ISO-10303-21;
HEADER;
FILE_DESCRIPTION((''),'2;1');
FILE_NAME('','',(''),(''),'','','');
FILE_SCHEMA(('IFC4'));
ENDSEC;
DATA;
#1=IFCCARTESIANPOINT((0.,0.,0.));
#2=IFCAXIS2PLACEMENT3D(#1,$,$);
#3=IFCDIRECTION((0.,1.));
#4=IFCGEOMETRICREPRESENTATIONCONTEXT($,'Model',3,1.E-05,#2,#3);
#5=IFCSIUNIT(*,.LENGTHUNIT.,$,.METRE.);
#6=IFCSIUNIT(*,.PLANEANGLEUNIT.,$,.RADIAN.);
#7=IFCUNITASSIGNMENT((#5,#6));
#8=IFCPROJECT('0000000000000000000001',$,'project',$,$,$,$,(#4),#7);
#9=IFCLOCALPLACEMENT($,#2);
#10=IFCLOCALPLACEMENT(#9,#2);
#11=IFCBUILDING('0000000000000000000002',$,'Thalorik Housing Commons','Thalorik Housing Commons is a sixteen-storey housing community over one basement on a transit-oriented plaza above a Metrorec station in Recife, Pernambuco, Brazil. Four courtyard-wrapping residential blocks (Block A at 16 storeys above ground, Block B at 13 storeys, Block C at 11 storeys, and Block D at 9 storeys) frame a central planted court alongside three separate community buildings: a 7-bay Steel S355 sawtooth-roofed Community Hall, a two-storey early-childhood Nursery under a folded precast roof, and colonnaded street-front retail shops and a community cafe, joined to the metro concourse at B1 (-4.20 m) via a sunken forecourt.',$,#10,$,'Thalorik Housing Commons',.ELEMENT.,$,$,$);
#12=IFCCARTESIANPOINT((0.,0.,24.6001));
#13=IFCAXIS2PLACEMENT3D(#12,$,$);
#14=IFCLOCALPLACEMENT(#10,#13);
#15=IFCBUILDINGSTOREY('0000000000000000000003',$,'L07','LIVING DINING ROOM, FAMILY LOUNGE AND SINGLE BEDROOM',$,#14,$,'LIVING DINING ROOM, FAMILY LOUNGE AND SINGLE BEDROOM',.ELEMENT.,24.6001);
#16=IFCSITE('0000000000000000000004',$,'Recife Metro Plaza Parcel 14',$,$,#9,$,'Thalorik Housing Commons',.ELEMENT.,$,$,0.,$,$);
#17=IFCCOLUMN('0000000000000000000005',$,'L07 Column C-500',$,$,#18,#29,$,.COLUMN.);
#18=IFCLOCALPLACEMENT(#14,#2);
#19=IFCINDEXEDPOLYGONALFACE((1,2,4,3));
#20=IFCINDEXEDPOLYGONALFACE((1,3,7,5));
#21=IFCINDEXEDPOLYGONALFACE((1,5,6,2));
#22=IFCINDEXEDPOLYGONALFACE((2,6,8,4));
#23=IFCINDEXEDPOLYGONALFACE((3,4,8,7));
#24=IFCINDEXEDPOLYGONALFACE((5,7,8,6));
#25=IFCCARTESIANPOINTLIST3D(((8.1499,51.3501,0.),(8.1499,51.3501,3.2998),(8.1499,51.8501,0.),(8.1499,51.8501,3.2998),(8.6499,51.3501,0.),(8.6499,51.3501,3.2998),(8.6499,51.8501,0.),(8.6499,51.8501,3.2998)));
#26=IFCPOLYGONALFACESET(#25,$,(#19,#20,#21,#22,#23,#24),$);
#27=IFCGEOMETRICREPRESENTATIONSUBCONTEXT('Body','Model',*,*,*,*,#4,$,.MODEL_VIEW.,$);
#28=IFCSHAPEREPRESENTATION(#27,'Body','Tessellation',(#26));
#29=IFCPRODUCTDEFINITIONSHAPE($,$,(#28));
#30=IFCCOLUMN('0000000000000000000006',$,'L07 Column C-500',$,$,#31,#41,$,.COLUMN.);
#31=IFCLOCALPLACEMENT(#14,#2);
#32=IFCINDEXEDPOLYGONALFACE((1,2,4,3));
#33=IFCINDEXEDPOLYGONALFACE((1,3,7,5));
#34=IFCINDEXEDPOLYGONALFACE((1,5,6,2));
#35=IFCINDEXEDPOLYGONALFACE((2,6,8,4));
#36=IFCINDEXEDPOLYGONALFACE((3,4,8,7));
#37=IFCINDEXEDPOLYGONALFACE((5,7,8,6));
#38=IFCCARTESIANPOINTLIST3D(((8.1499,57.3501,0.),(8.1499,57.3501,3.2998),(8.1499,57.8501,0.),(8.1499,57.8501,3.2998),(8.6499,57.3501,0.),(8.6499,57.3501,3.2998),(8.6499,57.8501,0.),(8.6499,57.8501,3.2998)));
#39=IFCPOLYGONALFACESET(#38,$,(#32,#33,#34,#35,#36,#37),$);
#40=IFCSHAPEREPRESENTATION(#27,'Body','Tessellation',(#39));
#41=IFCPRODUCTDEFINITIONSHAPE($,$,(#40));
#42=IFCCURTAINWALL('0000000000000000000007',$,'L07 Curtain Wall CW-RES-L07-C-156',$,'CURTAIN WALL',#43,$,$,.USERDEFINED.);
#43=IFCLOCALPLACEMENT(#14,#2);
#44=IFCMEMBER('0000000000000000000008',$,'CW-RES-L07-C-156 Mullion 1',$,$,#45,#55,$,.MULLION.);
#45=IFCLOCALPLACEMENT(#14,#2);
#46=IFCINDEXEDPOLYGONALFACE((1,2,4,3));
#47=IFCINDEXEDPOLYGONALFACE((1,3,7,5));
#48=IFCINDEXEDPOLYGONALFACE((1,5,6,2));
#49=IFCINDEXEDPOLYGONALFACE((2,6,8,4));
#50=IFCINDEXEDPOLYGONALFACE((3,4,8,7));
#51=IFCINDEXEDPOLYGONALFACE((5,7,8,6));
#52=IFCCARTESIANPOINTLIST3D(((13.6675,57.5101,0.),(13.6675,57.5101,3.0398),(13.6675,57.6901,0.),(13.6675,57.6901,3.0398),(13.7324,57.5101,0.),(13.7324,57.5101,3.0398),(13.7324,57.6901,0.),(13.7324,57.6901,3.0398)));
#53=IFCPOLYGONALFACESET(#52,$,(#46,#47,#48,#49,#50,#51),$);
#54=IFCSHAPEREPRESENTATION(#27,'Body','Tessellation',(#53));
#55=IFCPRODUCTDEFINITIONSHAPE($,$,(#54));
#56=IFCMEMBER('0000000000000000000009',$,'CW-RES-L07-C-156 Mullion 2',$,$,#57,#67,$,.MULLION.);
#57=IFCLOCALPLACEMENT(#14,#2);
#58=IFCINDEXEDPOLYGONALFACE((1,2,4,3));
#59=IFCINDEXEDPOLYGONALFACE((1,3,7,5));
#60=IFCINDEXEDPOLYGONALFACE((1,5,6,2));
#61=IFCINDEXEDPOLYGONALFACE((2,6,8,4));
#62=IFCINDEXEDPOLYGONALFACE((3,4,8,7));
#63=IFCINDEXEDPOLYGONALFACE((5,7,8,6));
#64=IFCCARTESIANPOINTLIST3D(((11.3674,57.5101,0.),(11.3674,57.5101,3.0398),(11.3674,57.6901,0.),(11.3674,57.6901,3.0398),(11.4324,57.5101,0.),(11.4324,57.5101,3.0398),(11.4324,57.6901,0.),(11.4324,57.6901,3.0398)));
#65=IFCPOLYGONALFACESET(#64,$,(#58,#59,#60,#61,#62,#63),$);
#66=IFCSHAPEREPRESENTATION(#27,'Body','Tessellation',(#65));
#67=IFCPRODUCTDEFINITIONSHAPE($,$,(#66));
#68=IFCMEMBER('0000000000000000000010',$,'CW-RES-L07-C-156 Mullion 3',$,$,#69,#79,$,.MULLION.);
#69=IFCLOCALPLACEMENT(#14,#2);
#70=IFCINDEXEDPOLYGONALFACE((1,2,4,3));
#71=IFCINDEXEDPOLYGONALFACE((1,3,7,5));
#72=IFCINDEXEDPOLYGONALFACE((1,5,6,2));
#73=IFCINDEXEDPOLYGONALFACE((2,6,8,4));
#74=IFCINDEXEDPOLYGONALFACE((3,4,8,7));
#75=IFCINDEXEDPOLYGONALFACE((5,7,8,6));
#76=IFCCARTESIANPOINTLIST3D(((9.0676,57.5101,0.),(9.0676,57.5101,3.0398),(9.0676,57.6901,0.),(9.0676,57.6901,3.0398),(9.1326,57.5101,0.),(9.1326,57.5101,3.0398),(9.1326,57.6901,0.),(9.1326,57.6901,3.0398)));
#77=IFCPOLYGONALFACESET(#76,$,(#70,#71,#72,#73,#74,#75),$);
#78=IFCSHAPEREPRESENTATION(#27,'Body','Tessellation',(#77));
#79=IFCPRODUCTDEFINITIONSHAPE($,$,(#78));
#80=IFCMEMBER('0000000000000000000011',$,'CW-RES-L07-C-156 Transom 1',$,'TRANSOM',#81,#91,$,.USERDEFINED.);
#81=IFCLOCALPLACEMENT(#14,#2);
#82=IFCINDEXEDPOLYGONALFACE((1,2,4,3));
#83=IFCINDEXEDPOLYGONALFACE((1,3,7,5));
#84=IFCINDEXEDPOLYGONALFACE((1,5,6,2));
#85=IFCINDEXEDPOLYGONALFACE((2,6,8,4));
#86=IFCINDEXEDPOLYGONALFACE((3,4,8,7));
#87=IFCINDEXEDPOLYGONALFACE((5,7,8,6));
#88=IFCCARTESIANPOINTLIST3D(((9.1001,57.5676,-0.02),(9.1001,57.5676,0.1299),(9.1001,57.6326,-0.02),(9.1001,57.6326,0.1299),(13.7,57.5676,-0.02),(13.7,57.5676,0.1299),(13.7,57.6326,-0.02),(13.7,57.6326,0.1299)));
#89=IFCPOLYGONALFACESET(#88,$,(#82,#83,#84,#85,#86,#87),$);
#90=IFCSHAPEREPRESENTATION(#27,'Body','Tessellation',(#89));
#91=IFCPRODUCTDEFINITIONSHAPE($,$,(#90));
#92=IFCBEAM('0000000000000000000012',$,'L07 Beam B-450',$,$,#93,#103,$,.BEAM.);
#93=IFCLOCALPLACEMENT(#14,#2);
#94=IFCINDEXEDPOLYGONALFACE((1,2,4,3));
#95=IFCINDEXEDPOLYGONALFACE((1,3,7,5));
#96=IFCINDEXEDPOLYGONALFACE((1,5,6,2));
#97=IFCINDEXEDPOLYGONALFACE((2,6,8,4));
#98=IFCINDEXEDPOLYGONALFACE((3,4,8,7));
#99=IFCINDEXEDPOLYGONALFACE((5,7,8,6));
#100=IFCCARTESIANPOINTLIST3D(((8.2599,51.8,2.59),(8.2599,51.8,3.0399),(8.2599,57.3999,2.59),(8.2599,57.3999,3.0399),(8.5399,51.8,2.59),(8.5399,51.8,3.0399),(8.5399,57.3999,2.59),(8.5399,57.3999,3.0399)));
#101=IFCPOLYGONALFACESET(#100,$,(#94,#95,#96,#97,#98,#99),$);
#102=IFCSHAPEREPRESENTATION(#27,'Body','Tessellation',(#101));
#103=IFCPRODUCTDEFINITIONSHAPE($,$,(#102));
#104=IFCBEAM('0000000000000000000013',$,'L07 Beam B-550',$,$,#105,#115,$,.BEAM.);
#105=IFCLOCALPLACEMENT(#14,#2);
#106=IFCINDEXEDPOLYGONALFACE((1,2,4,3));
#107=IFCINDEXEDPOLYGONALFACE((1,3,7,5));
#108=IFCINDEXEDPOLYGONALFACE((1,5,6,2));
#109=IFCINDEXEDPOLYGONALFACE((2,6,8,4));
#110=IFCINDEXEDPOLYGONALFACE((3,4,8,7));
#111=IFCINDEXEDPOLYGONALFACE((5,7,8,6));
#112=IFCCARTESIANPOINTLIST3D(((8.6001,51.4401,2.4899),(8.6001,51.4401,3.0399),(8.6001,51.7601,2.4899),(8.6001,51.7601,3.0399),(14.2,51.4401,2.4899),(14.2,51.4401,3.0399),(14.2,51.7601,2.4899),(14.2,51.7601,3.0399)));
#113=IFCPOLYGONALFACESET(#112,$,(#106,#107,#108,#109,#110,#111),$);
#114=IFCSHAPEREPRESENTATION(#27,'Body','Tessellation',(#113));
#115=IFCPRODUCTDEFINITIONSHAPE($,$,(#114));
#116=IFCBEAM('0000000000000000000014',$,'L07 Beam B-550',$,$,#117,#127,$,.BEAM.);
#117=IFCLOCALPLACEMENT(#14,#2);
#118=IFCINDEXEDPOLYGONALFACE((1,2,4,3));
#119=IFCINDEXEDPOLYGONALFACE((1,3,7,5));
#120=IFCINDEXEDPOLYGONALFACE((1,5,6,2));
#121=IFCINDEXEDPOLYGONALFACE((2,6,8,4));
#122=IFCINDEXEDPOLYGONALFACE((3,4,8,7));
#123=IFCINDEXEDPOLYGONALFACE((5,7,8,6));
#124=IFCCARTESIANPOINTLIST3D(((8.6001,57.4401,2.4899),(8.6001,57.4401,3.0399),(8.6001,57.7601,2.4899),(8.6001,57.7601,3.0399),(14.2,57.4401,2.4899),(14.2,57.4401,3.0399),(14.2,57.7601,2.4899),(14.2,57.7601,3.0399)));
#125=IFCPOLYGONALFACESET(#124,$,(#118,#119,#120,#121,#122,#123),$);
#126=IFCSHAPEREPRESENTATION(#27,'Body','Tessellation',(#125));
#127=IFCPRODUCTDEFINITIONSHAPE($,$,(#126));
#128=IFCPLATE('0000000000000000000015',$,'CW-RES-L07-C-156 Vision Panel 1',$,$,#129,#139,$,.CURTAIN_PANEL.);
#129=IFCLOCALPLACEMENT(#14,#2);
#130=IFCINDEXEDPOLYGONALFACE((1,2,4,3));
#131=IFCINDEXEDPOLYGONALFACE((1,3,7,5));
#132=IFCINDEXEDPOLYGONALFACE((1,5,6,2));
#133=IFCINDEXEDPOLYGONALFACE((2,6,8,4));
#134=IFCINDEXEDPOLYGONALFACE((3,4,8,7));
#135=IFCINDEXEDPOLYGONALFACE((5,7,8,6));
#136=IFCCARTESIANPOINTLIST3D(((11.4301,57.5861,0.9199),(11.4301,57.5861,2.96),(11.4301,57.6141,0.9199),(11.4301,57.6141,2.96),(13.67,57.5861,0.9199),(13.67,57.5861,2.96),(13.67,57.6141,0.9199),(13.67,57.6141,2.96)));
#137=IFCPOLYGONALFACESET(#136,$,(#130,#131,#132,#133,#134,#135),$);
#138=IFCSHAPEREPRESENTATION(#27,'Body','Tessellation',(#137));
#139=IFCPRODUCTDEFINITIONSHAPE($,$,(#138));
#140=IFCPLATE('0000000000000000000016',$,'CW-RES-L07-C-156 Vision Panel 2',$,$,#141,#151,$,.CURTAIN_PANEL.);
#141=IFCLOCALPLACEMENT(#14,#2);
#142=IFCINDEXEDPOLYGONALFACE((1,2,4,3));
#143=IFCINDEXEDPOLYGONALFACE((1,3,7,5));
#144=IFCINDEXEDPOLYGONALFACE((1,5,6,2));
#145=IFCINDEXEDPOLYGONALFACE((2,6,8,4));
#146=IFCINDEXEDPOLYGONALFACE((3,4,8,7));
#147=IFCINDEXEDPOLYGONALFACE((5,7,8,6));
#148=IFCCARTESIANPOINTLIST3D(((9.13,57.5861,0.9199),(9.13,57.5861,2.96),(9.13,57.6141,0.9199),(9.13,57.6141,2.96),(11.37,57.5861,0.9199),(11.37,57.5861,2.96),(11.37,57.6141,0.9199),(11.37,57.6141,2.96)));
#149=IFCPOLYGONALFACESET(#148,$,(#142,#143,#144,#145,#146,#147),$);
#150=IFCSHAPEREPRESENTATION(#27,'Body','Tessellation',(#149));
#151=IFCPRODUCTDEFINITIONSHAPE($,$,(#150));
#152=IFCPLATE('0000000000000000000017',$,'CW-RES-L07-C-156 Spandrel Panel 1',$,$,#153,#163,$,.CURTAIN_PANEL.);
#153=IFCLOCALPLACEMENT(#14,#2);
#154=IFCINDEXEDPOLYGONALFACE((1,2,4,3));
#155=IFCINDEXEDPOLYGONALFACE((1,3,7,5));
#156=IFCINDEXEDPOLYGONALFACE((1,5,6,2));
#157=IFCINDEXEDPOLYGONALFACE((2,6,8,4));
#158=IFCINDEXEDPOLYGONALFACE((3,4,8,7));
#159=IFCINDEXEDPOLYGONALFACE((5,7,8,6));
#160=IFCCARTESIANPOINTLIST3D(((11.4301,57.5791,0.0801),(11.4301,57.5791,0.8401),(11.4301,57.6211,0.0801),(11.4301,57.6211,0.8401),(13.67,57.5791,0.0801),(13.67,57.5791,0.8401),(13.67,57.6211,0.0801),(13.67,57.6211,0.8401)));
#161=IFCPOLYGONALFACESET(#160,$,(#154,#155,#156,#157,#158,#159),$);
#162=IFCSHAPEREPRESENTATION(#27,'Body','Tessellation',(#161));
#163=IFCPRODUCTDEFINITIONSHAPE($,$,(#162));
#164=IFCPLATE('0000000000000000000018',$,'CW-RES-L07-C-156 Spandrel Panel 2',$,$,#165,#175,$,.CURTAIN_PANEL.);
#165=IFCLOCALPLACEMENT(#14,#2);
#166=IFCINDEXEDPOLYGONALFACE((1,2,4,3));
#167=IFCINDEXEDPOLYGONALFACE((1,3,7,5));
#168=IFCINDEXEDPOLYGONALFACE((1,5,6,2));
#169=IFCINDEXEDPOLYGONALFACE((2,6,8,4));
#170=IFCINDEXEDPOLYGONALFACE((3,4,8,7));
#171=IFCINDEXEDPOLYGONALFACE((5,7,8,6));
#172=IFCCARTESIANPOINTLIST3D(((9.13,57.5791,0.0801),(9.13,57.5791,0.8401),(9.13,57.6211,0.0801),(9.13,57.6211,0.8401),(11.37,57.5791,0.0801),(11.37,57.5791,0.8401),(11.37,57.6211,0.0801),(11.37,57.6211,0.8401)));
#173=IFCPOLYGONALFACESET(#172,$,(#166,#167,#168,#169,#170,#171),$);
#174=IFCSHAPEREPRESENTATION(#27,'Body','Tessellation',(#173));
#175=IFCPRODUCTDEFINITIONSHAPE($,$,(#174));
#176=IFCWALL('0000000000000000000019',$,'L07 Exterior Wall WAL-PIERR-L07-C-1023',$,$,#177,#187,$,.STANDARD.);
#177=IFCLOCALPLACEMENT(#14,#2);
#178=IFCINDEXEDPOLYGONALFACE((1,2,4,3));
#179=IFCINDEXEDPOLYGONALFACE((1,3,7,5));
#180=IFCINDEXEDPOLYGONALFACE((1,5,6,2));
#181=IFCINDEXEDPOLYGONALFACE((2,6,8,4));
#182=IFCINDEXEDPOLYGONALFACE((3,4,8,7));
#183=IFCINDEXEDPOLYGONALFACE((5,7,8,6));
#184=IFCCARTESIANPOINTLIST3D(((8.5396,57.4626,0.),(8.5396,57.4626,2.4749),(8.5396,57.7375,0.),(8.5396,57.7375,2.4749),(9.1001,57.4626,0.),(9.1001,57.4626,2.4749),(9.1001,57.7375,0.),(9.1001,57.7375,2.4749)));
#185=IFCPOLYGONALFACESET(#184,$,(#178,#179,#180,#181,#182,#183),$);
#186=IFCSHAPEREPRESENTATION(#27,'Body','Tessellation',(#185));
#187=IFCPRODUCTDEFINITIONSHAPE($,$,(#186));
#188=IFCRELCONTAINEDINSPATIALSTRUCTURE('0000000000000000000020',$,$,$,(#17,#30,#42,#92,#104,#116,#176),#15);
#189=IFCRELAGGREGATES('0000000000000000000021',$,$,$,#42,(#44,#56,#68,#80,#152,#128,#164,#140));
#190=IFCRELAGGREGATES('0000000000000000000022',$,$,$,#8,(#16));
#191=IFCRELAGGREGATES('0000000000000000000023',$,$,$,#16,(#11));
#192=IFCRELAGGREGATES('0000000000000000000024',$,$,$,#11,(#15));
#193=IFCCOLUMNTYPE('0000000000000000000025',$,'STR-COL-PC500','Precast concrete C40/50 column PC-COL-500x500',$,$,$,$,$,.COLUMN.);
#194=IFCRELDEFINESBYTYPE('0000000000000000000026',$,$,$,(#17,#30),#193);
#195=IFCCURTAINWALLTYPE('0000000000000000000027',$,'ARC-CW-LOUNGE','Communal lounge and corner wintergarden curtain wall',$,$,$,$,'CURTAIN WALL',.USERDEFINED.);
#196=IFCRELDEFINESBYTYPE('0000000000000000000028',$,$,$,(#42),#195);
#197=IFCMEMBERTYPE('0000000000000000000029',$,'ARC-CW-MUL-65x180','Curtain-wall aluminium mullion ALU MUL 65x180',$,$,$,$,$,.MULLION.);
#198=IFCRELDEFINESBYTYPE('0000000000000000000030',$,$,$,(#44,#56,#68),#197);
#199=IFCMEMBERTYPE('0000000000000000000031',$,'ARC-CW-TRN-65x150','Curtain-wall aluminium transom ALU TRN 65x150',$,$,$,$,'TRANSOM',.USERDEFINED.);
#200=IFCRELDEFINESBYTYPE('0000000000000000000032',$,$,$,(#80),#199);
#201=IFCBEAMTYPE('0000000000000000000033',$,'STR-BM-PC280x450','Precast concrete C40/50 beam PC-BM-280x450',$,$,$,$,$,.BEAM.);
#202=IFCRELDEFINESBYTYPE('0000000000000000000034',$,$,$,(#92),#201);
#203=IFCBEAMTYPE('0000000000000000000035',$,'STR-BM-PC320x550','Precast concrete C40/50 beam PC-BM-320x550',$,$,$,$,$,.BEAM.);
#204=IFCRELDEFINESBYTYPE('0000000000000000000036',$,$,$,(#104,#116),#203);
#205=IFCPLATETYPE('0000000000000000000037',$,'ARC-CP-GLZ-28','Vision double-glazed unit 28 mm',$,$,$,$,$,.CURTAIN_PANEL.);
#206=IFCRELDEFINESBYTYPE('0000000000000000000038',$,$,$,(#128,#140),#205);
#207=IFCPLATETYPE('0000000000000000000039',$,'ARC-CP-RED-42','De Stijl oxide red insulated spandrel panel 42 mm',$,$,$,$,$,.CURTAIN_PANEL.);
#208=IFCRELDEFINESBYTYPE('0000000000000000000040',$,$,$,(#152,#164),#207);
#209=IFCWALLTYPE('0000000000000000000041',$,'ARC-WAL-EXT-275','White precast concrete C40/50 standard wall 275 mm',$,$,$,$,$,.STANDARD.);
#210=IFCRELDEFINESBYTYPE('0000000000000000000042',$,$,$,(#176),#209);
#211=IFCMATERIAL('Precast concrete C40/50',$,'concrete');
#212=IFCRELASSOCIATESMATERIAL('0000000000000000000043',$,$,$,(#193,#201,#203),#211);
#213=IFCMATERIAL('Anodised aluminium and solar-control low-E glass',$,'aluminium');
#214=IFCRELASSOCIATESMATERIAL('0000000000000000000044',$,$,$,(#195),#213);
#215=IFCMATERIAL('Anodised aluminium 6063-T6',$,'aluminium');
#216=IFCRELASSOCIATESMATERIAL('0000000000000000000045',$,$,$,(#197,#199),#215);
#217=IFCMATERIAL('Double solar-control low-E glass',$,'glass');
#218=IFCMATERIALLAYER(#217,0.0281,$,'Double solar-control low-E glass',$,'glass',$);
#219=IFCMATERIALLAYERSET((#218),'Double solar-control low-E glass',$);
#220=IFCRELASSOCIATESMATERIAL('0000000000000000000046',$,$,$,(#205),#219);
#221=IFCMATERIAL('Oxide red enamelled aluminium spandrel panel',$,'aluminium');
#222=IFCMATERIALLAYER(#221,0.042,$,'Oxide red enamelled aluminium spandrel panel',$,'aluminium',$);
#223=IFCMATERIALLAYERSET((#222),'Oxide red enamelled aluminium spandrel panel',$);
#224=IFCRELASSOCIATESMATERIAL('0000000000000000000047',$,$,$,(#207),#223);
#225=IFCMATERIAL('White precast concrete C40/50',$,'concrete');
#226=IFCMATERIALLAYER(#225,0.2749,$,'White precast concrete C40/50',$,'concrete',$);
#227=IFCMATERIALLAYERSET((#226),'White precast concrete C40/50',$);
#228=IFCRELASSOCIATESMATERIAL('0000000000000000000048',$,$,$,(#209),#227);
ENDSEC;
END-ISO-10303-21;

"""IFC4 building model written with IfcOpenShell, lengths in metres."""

from ifc_helpers import new_model, si_unit, direction, frame, frame_2d, origin, origin_2d, place, context, subcontext, project, spatial, rectangle, extrude, material, layer, layer_set, material_profile, profile_set, type_object, element, aggregate, save


model = new_model("IFC4")

# Units and contexts
model_context = context("Model", 3, precision=1e-05, world=origin(), true_north=direction((0.0, 1.0)))
body_context = subcontext(model_context, "Body", "Model", "MODEL_VIEW")
ifc_project = project(units=[si_unit("LENGTHUNIT", "METRE"), si_unit("PLANEANGLEUNIT", "RADIAN")], contexts=[model_context])

# Site, building, storey
site_placement = place(None, origin())
site = spatial("IfcSite", under=ifc_project, at=site_placement, Name="Recife Metro Plaza Parcel 14", LongName="Thalorik Housing Commons", CompositionType="ELEMENT", RefElevation=0.0)
building_placement = place(site_placement, origin())
building = spatial("IfcBuilding", under=site, at=building_placement, Name="Thalorik Housing Commons", Description="Thalorik Housing Commons is a sixteen-storey housing community over one basement on a transit-oriented plaza above a Metrorec station in Recife, Pernambuco, Brazil. Four courtyard-wrapping residential blocks (Block A at 16 storeys above ground, Block B at 13 storeys, Block C at 11 storeys, and Block D at 9 storeys) frame a central planted court alongside three separate community buildings: a 7-bay Steel S355 sawtooth-roofed Community Hall, a two-storey early-childhood Nursery under a folded precast roof, and colonnaded street-front retail shops and a community cafe, joined to the metro concourse at B1 (-4.20 m) via a sunken forecourt.", LongName="Thalorik Housing Commons", CompositionType="ELEMENT")
storey_placement = place(building_placement, frame((0.0, 0.0, 24.6001)))
storey = spatial("IfcBuildingStorey", under=building, at=storey_placement, Name="L07", Description="LIVING DINING ROOM, FAMILY LOUNGE AND SINGLE BEDROOM", LongName="LIVING DINING ROOM, FAMILY LOUNGE AND SINGLE BEDROOM", CompositionType="ELEMENT", Elevation=24.6001)

# Columns
ifc_material_1 = material(Name="Precast concrete C40/50", Category="concrete")
ifc_material_profile_1 = material_profile(ifc_material_1, rectangle(XDim=0.5, YDim=0.5, at=origin_2d()), Name="PC 500x500", Category="concrete")
ifc_profile_set_1 = profile_set([ifc_material_profile_1], Name="Precast concrete C40/50")
column_type = type_object("IfcColumnType", Name="STR-COL-PC500", Description="Precast concrete C40/50 column PC-COL-500x500", PredefinedType="COLUMN", material=ifc_profile_set_1)
for number, where, z_axis, x_axis, name in (
    (1, (8.3999, 51.6001, 0.0), (0.0, 0.0, 1.0), (1.0, 0.0, 0.0), "L07 Column C-500"),
    (2, (8.3999, 57.6001, 0.0), (0.0, 0.0, 1.0), (1.0, 0.0, 0.0), "L07 Column C-500"),
):
    element("IfcColumn", number, at=place(storey_placement, frame(where, z_axis=z_axis, x_axis=x_axis)), inside=storey, type_object=column_type, Name=name, PredefinedType="COLUMN", context=body_context, shape_type="SweptSolid", body=[
        extrude(rectangle(XDim=0.5, YDim=0.5, at=origin_2d()), origin(), (0.0, 0.0, 1.0), 3.2998),
    ])

# Curtain wall, members
ifc_material_2 = material(Name="Anodised aluminium and solar-control low-E glass", Category="aluminium")
curtain_wall_type = type_object("IfcCurtainWallType", Name="ARC-CW-LOUNGE", Description="Communal lounge and corner wintergarden curtain wall", ElementType="CURTAIN WALL", PredefinedType="USERDEFINED", material=ifc_material_2)
curtain_wall_placement = place(storey_placement, origin())
curtain_wall = element("IfcCurtainWall", 3, at=curtain_wall_placement, inside=storey, type_object=curtain_wall_type, Name="L07 Curtain Wall CW-RES-L07-C-156", ObjectType="CURTAIN WALL", PredefinedType="USERDEFINED")
ifc_material_3 = material(Name="Anodised aluminium 6063-T6", Category="aluminium")
ifc_material_profile_2 = material_profile(ifc_material_3, rectangle(XDim=0.0649, YDim=0.1799, at=origin_2d()), Name="ALU MUL 65x180", Category="aluminium")
ifc_profile_set_2 = profile_set([ifc_material_profile_2], Name="Anodised aluminium 6063-T6")
member_type_1 = type_object("IfcMemberType", Name="ARC-CW-MUL-65x180", Description="Curtain-wall aluminium mullion ALU MUL 65x180", PredefinedType="MULLION", material=ifc_profile_set_2)
member_1_placement = place(storey_placement, frame((13.7, 57.6001, 0.0), z_axis=(0.0, 0.0, 1.0), x_axis=(-1.0, 0.0, 0.0)))
member_1 = element("IfcMember", 4, at=member_1_placement, type_object=member_type_1, Name="CW-RES-L07-C-156 Mullion 1", PredefinedType="MULLION", context=body_context, shape_type="SweptSolid", body=[
    extrude(rectangle(XDim=0.0649, YDim=0.1799, at=origin_2d()), origin(), (0.0, 0.0, 1.0), 3.0398),
])
member_2_placement = place(storey_placement, frame((11.3999, 57.6001, 0.0), z_axis=(0.0, 0.0, 1.0), x_axis=(-1.0, 0.0, 0.0)))
member_2 = element("IfcMember", 5, at=member_2_placement, type_object=member_type_1, Name="CW-RES-L07-C-156 Mullion 2", PredefinedType="MULLION", context=body_context, shape_type="SweptSolid", body=[
    extrude(rectangle(XDim=0.0649, YDim=0.1799, at=origin_2d()), origin(), (0.0, 0.0, 1.0), 3.0398),
])
member_3_placement = place(storey_placement, frame((9.1001, 57.6001, 0.0), z_axis=(0.0, 0.0, 1.0), x_axis=(-1.0, 0.0, 0.0)))
member_3 = element("IfcMember", 6, at=member_3_placement, type_object=member_type_1, Name="CW-RES-L07-C-156 Mullion 3", PredefinedType="MULLION", context=body_context, shape_type="SweptSolid", body=[
    extrude(rectangle(XDim=0.0649, YDim=0.1799, at=origin_2d()), origin(), (0.0, 0.0, 1.0), 3.0398),
])
ifc_material_profile_3 = material_profile(ifc_material_3, rectangle(XDim=0.0649, YDim=0.1499, at=origin_2d()), Name="ALU TRN 65x150", Category="aluminium")
ifc_profile_set_3 = profile_set([ifc_material_profile_3], Name="Anodised aluminium 6063-T6")
member_type_2 = type_object("IfcMemberType", Name="ARC-CW-TRN-65x150", Description="Curtain-wall aluminium transom ALU TRN 65x150", ElementType="TRANSOM", PredefinedType="USERDEFINED", material=ifc_profile_set_3)
member_4_placement = place(storey_placement, frame((13.7, 57.6001, 0.0549), z_axis=(-1.0, 0.0, 0.0), x_axis=(0.0, -1.0, 0.0)))
member_4 = element("IfcMember", 7, at=member_4_placement, type_object=member_type_2, Name="CW-RES-L07-C-156 Transom 1", ObjectType="TRANSOM", PredefinedType="USERDEFINED", context=body_context, shape_type="SweptSolid", body=[
    extrude(rectangle(XDim=0.0649, YDim=0.1499, at=origin_2d()), origin(), (0.0, 0.0, 1.0), 4.5999),
])

# Beams
ifc_material_profile_4 = material_profile(ifc_material_1, rectangle(XDim=0.28, YDim=0.45, at=origin_2d()), Name="PC 280x450", Category="concrete")
ifc_profile_set_4 = profile_set([ifc_material_profile_4], Name="Precast concrete C40/50")
beam_type_1 = type_object("IfcBeamType", Name="STR-BM-PC280x450", Description="Precast concrete C40/50 beam PC-BM-280x450", PredefinedType="BEAM", material=ifc_profile_set_4)
beam_placement = place(storey_placement, frame((8.3999, 51.8, 2.8149), z_axis=(0.0, 1.0, 0.0), x_axis=(-1.0, 0.0, 0.0)))
element("IfcBeam", 8, at=beam_placement, inside=storey, type_object=beam_type_1, Name="L07 Beam B-450", PredefinedType="BEAM", context=body_context, shape_type="SweptSolid", body=[
    extrude(rectangle(XDim=0.28, YDim=0.45, at=origin_2d()), origin(), (0.0, 0.0, 1.0), 5.5999),
])
ifc_material_profile_5 = material_profile(ifc_material_1, rectangle(XDim=0.3201, YDim=0.55, at=origin_2d()), Name="PC 320x550", Category="concrete")
ifc_profile_set_5 = profile_set([ifc_material_profile_5], Name="Precast concrete C40/50")
beam_type_2 = type_object("IfcBeamType", Name="STR-BM-PC320x550", Description="Precast concrete C40/50 beam PC-BM-320x550", PredefinedType="BEAM", material=ifc_profile_set_5)
for number, where, z_axis, x_axis, name in (
    (9, (8.6001, 51.6001, 2.7649), (1.0, 0.0, 0.0), (0.0, 1.0, 0.0), "L07 Beam B-550"),
    (10, (8.6001, 57.6001, 2.7649), (1.0, 0.0, 0.0), (0.0, 1.0, 0.0), "L07 Beam B-550"),
):
    element("IfcBeam", number, at=place(storey_placement, frame(where, z_axis=z_axis, x_axis=x_axis)), inside=storey, type_object=beam_type_2, Name=name, PredefinedType="BEAM", context=body_context, shape_type="SweptSolid", body=[
        extrude(rectangle(XDim=0.3201, YDim=0.55, at=origin_2d()), origin(), (0.0, 0.0, 1.0), 5.5999),
    ])

# Plates
ifc_material_4 = material(Name="Double solar-control low-E glass", Category="glass")
ifc_layer_1 = layer(ifc_material_4, 0.0281, Name="Double solar-control low-E glass", Category="glass")
ifc_layer_set_1 = layer_set([ifc_layer_1], Name="Double solar-control low-E glass")
plate_type_1 = type_object("IfcPlateType", Name="ARC-CP-GLZ-28", Description="Vision double-glazed unit 28 mm", PredefinedType="CURTAIN_PANEL", material=ifc_layer_set_1)
plate_1_placement = place(storey_placement, frame((12.55, 57.6001, 0.9199), z_axis=(0.0, 0.0, 1.0), x_axis=(-1.0, 0.0, 0.0)))
plate_1 = element("IfcPlate", 11, at=plate_1_placement, type_object=plate_type_1, Name="CW-RES-L07-C-156 Vision Panel 1", PredefinedType="CURTAIN_PANEL", context=body_context, shape_type="SweptSolid", body=[
    extrude(rectangle(XDim=2.24, YDim=0.0281, at=origin_2d()), origin(), (0.0, 0.0, 1.0), 2.04),
])
plate_2_placement = place(storey_placement, frame((10.25, 57.6001, 0.9199), z_axis=(0.0, 0.0, 1.0), x_axis=(-1.0, 0.0, 0.0)))
plate_2 = element("IfcPlate", 12, at=plate_2_placement, type_object=plate_type_1, Name="CW-RES-L07-C-156 Vision Panel 2", PredefinedType="CURTAIN_PANEL", context=body_context, shape_type="SweptSolid", body=[
    extrude(rectangle(XDim=2.24, YDim=0.0281, at=origin_2d()), origin(), (0.0, 0.0, 1.0), 2.04),
])
ifc_material_5 = material(Name="Oxide red enamelled aluminium spandrel panel", Category="aluminium")
ifc_layer_2 = layer(ifc_material_5, 0.042, Name="Oxide red enamelled aluminium spandrel panel", Category="aluminium")
ifc_layer_set_2 = layer_set([ifc_layer_2], Name="Oxide red enamelled aluminium spandrel panel")
plate_type_2 = type_object("IfcPlateType", Name="ARC-CP-RED-42", Description="De Stijl oxide red insulated spandrel panel 42 mm", PredefinedType="CURTAIN_PANEL", material=ifc_layer_set_2)
plate_3_placement = place(storey_placement, frame((12.55, 57.6001, 0.0801), z_axis=(0.0, 0.0, 1.0), x_axis=(-1.0, 0.0, 0.0)))
plate_3 = element("IfcPlate", 13, at=plate_3_placement, type_object=plate_type_2, Name="CW-RES-L07-C-156 Spandrel Panel 1", PredefinedType="CURTAIN_PANEL", context=body_context, shape_type="SweptSolid", body=[
    extrude(rectangle(XDim=2.24, YDim=0.042, at=origin_2d()), origin(), (0.0, 0.0, 1.0), 0.76),
])
plate_4_placement = place(storey_placement, frame((10.25, 57.6001, 0.0801), z_axis=(0.0, 0.0, 1.0), x_axis=(-1.0, 0.0, 0.0)))
plate_4 = element("IfcPlate", 14, at=plate_4_placement, type_object=plate_type_2, Name="CW-RES-L07-C-156 Spandrel Panel 2", PredefinedType="CURTAIN_PANEL", context=body_context, shape_type="SweptSolid", body=[
    extrude(rectangle(XDim=2.24, YDim=0.042, at=origin_2d()), origin(), (0.0, 0.0, 1.0), 0.76),
])
aggregate(curtain_wall, [member_1, member_2, member_3, member_4, plate_3, plate_1, plate_4, plate_2])

# Wall
ifc_material_6 = material(Name="White precast concrete C40/50", Category="concrete")
ifc_layer_3 = layer(ifc_material_6, 0.2749, Name="White precast concrete C40/50", Category="concrete")
ifc_layer_set_3 = layer_set([ifc_layer_3], Name="White precast concrete C40/50")
wall_type_1 = type_object("IfcWallType", Name="ARC-WAL-EXT-275", Description="White precast concrete C40/50 standard wall 275 mm", PredefinedType="STANDARD", material=ifc_layer_set_3)
wall_1_placement = place(storey_placement, frame((9.1001, 57.6001, 0.0), z_axis=(0.0, 0.0, 1.0), x_axis=(-1.0, 0.0, 0.0)))
element("IfcWall", 15, at=wall_1_placement, inside=storey, type_object=wall_type_1, Name="L07 Exterior Wall WAL-PIERR-L07-C-1023", PredefinedType="STANDARD", context=body_context, shape_type="SweptSolid", body=[
    extrude(rectangle(XDim=0.5605, YDim=0.2749, at=frame_2d((0.2803, 0.0))), origin(), (0.0, 0.0, 1.0), 2.4749),
])

save(model, "model.ifc")
